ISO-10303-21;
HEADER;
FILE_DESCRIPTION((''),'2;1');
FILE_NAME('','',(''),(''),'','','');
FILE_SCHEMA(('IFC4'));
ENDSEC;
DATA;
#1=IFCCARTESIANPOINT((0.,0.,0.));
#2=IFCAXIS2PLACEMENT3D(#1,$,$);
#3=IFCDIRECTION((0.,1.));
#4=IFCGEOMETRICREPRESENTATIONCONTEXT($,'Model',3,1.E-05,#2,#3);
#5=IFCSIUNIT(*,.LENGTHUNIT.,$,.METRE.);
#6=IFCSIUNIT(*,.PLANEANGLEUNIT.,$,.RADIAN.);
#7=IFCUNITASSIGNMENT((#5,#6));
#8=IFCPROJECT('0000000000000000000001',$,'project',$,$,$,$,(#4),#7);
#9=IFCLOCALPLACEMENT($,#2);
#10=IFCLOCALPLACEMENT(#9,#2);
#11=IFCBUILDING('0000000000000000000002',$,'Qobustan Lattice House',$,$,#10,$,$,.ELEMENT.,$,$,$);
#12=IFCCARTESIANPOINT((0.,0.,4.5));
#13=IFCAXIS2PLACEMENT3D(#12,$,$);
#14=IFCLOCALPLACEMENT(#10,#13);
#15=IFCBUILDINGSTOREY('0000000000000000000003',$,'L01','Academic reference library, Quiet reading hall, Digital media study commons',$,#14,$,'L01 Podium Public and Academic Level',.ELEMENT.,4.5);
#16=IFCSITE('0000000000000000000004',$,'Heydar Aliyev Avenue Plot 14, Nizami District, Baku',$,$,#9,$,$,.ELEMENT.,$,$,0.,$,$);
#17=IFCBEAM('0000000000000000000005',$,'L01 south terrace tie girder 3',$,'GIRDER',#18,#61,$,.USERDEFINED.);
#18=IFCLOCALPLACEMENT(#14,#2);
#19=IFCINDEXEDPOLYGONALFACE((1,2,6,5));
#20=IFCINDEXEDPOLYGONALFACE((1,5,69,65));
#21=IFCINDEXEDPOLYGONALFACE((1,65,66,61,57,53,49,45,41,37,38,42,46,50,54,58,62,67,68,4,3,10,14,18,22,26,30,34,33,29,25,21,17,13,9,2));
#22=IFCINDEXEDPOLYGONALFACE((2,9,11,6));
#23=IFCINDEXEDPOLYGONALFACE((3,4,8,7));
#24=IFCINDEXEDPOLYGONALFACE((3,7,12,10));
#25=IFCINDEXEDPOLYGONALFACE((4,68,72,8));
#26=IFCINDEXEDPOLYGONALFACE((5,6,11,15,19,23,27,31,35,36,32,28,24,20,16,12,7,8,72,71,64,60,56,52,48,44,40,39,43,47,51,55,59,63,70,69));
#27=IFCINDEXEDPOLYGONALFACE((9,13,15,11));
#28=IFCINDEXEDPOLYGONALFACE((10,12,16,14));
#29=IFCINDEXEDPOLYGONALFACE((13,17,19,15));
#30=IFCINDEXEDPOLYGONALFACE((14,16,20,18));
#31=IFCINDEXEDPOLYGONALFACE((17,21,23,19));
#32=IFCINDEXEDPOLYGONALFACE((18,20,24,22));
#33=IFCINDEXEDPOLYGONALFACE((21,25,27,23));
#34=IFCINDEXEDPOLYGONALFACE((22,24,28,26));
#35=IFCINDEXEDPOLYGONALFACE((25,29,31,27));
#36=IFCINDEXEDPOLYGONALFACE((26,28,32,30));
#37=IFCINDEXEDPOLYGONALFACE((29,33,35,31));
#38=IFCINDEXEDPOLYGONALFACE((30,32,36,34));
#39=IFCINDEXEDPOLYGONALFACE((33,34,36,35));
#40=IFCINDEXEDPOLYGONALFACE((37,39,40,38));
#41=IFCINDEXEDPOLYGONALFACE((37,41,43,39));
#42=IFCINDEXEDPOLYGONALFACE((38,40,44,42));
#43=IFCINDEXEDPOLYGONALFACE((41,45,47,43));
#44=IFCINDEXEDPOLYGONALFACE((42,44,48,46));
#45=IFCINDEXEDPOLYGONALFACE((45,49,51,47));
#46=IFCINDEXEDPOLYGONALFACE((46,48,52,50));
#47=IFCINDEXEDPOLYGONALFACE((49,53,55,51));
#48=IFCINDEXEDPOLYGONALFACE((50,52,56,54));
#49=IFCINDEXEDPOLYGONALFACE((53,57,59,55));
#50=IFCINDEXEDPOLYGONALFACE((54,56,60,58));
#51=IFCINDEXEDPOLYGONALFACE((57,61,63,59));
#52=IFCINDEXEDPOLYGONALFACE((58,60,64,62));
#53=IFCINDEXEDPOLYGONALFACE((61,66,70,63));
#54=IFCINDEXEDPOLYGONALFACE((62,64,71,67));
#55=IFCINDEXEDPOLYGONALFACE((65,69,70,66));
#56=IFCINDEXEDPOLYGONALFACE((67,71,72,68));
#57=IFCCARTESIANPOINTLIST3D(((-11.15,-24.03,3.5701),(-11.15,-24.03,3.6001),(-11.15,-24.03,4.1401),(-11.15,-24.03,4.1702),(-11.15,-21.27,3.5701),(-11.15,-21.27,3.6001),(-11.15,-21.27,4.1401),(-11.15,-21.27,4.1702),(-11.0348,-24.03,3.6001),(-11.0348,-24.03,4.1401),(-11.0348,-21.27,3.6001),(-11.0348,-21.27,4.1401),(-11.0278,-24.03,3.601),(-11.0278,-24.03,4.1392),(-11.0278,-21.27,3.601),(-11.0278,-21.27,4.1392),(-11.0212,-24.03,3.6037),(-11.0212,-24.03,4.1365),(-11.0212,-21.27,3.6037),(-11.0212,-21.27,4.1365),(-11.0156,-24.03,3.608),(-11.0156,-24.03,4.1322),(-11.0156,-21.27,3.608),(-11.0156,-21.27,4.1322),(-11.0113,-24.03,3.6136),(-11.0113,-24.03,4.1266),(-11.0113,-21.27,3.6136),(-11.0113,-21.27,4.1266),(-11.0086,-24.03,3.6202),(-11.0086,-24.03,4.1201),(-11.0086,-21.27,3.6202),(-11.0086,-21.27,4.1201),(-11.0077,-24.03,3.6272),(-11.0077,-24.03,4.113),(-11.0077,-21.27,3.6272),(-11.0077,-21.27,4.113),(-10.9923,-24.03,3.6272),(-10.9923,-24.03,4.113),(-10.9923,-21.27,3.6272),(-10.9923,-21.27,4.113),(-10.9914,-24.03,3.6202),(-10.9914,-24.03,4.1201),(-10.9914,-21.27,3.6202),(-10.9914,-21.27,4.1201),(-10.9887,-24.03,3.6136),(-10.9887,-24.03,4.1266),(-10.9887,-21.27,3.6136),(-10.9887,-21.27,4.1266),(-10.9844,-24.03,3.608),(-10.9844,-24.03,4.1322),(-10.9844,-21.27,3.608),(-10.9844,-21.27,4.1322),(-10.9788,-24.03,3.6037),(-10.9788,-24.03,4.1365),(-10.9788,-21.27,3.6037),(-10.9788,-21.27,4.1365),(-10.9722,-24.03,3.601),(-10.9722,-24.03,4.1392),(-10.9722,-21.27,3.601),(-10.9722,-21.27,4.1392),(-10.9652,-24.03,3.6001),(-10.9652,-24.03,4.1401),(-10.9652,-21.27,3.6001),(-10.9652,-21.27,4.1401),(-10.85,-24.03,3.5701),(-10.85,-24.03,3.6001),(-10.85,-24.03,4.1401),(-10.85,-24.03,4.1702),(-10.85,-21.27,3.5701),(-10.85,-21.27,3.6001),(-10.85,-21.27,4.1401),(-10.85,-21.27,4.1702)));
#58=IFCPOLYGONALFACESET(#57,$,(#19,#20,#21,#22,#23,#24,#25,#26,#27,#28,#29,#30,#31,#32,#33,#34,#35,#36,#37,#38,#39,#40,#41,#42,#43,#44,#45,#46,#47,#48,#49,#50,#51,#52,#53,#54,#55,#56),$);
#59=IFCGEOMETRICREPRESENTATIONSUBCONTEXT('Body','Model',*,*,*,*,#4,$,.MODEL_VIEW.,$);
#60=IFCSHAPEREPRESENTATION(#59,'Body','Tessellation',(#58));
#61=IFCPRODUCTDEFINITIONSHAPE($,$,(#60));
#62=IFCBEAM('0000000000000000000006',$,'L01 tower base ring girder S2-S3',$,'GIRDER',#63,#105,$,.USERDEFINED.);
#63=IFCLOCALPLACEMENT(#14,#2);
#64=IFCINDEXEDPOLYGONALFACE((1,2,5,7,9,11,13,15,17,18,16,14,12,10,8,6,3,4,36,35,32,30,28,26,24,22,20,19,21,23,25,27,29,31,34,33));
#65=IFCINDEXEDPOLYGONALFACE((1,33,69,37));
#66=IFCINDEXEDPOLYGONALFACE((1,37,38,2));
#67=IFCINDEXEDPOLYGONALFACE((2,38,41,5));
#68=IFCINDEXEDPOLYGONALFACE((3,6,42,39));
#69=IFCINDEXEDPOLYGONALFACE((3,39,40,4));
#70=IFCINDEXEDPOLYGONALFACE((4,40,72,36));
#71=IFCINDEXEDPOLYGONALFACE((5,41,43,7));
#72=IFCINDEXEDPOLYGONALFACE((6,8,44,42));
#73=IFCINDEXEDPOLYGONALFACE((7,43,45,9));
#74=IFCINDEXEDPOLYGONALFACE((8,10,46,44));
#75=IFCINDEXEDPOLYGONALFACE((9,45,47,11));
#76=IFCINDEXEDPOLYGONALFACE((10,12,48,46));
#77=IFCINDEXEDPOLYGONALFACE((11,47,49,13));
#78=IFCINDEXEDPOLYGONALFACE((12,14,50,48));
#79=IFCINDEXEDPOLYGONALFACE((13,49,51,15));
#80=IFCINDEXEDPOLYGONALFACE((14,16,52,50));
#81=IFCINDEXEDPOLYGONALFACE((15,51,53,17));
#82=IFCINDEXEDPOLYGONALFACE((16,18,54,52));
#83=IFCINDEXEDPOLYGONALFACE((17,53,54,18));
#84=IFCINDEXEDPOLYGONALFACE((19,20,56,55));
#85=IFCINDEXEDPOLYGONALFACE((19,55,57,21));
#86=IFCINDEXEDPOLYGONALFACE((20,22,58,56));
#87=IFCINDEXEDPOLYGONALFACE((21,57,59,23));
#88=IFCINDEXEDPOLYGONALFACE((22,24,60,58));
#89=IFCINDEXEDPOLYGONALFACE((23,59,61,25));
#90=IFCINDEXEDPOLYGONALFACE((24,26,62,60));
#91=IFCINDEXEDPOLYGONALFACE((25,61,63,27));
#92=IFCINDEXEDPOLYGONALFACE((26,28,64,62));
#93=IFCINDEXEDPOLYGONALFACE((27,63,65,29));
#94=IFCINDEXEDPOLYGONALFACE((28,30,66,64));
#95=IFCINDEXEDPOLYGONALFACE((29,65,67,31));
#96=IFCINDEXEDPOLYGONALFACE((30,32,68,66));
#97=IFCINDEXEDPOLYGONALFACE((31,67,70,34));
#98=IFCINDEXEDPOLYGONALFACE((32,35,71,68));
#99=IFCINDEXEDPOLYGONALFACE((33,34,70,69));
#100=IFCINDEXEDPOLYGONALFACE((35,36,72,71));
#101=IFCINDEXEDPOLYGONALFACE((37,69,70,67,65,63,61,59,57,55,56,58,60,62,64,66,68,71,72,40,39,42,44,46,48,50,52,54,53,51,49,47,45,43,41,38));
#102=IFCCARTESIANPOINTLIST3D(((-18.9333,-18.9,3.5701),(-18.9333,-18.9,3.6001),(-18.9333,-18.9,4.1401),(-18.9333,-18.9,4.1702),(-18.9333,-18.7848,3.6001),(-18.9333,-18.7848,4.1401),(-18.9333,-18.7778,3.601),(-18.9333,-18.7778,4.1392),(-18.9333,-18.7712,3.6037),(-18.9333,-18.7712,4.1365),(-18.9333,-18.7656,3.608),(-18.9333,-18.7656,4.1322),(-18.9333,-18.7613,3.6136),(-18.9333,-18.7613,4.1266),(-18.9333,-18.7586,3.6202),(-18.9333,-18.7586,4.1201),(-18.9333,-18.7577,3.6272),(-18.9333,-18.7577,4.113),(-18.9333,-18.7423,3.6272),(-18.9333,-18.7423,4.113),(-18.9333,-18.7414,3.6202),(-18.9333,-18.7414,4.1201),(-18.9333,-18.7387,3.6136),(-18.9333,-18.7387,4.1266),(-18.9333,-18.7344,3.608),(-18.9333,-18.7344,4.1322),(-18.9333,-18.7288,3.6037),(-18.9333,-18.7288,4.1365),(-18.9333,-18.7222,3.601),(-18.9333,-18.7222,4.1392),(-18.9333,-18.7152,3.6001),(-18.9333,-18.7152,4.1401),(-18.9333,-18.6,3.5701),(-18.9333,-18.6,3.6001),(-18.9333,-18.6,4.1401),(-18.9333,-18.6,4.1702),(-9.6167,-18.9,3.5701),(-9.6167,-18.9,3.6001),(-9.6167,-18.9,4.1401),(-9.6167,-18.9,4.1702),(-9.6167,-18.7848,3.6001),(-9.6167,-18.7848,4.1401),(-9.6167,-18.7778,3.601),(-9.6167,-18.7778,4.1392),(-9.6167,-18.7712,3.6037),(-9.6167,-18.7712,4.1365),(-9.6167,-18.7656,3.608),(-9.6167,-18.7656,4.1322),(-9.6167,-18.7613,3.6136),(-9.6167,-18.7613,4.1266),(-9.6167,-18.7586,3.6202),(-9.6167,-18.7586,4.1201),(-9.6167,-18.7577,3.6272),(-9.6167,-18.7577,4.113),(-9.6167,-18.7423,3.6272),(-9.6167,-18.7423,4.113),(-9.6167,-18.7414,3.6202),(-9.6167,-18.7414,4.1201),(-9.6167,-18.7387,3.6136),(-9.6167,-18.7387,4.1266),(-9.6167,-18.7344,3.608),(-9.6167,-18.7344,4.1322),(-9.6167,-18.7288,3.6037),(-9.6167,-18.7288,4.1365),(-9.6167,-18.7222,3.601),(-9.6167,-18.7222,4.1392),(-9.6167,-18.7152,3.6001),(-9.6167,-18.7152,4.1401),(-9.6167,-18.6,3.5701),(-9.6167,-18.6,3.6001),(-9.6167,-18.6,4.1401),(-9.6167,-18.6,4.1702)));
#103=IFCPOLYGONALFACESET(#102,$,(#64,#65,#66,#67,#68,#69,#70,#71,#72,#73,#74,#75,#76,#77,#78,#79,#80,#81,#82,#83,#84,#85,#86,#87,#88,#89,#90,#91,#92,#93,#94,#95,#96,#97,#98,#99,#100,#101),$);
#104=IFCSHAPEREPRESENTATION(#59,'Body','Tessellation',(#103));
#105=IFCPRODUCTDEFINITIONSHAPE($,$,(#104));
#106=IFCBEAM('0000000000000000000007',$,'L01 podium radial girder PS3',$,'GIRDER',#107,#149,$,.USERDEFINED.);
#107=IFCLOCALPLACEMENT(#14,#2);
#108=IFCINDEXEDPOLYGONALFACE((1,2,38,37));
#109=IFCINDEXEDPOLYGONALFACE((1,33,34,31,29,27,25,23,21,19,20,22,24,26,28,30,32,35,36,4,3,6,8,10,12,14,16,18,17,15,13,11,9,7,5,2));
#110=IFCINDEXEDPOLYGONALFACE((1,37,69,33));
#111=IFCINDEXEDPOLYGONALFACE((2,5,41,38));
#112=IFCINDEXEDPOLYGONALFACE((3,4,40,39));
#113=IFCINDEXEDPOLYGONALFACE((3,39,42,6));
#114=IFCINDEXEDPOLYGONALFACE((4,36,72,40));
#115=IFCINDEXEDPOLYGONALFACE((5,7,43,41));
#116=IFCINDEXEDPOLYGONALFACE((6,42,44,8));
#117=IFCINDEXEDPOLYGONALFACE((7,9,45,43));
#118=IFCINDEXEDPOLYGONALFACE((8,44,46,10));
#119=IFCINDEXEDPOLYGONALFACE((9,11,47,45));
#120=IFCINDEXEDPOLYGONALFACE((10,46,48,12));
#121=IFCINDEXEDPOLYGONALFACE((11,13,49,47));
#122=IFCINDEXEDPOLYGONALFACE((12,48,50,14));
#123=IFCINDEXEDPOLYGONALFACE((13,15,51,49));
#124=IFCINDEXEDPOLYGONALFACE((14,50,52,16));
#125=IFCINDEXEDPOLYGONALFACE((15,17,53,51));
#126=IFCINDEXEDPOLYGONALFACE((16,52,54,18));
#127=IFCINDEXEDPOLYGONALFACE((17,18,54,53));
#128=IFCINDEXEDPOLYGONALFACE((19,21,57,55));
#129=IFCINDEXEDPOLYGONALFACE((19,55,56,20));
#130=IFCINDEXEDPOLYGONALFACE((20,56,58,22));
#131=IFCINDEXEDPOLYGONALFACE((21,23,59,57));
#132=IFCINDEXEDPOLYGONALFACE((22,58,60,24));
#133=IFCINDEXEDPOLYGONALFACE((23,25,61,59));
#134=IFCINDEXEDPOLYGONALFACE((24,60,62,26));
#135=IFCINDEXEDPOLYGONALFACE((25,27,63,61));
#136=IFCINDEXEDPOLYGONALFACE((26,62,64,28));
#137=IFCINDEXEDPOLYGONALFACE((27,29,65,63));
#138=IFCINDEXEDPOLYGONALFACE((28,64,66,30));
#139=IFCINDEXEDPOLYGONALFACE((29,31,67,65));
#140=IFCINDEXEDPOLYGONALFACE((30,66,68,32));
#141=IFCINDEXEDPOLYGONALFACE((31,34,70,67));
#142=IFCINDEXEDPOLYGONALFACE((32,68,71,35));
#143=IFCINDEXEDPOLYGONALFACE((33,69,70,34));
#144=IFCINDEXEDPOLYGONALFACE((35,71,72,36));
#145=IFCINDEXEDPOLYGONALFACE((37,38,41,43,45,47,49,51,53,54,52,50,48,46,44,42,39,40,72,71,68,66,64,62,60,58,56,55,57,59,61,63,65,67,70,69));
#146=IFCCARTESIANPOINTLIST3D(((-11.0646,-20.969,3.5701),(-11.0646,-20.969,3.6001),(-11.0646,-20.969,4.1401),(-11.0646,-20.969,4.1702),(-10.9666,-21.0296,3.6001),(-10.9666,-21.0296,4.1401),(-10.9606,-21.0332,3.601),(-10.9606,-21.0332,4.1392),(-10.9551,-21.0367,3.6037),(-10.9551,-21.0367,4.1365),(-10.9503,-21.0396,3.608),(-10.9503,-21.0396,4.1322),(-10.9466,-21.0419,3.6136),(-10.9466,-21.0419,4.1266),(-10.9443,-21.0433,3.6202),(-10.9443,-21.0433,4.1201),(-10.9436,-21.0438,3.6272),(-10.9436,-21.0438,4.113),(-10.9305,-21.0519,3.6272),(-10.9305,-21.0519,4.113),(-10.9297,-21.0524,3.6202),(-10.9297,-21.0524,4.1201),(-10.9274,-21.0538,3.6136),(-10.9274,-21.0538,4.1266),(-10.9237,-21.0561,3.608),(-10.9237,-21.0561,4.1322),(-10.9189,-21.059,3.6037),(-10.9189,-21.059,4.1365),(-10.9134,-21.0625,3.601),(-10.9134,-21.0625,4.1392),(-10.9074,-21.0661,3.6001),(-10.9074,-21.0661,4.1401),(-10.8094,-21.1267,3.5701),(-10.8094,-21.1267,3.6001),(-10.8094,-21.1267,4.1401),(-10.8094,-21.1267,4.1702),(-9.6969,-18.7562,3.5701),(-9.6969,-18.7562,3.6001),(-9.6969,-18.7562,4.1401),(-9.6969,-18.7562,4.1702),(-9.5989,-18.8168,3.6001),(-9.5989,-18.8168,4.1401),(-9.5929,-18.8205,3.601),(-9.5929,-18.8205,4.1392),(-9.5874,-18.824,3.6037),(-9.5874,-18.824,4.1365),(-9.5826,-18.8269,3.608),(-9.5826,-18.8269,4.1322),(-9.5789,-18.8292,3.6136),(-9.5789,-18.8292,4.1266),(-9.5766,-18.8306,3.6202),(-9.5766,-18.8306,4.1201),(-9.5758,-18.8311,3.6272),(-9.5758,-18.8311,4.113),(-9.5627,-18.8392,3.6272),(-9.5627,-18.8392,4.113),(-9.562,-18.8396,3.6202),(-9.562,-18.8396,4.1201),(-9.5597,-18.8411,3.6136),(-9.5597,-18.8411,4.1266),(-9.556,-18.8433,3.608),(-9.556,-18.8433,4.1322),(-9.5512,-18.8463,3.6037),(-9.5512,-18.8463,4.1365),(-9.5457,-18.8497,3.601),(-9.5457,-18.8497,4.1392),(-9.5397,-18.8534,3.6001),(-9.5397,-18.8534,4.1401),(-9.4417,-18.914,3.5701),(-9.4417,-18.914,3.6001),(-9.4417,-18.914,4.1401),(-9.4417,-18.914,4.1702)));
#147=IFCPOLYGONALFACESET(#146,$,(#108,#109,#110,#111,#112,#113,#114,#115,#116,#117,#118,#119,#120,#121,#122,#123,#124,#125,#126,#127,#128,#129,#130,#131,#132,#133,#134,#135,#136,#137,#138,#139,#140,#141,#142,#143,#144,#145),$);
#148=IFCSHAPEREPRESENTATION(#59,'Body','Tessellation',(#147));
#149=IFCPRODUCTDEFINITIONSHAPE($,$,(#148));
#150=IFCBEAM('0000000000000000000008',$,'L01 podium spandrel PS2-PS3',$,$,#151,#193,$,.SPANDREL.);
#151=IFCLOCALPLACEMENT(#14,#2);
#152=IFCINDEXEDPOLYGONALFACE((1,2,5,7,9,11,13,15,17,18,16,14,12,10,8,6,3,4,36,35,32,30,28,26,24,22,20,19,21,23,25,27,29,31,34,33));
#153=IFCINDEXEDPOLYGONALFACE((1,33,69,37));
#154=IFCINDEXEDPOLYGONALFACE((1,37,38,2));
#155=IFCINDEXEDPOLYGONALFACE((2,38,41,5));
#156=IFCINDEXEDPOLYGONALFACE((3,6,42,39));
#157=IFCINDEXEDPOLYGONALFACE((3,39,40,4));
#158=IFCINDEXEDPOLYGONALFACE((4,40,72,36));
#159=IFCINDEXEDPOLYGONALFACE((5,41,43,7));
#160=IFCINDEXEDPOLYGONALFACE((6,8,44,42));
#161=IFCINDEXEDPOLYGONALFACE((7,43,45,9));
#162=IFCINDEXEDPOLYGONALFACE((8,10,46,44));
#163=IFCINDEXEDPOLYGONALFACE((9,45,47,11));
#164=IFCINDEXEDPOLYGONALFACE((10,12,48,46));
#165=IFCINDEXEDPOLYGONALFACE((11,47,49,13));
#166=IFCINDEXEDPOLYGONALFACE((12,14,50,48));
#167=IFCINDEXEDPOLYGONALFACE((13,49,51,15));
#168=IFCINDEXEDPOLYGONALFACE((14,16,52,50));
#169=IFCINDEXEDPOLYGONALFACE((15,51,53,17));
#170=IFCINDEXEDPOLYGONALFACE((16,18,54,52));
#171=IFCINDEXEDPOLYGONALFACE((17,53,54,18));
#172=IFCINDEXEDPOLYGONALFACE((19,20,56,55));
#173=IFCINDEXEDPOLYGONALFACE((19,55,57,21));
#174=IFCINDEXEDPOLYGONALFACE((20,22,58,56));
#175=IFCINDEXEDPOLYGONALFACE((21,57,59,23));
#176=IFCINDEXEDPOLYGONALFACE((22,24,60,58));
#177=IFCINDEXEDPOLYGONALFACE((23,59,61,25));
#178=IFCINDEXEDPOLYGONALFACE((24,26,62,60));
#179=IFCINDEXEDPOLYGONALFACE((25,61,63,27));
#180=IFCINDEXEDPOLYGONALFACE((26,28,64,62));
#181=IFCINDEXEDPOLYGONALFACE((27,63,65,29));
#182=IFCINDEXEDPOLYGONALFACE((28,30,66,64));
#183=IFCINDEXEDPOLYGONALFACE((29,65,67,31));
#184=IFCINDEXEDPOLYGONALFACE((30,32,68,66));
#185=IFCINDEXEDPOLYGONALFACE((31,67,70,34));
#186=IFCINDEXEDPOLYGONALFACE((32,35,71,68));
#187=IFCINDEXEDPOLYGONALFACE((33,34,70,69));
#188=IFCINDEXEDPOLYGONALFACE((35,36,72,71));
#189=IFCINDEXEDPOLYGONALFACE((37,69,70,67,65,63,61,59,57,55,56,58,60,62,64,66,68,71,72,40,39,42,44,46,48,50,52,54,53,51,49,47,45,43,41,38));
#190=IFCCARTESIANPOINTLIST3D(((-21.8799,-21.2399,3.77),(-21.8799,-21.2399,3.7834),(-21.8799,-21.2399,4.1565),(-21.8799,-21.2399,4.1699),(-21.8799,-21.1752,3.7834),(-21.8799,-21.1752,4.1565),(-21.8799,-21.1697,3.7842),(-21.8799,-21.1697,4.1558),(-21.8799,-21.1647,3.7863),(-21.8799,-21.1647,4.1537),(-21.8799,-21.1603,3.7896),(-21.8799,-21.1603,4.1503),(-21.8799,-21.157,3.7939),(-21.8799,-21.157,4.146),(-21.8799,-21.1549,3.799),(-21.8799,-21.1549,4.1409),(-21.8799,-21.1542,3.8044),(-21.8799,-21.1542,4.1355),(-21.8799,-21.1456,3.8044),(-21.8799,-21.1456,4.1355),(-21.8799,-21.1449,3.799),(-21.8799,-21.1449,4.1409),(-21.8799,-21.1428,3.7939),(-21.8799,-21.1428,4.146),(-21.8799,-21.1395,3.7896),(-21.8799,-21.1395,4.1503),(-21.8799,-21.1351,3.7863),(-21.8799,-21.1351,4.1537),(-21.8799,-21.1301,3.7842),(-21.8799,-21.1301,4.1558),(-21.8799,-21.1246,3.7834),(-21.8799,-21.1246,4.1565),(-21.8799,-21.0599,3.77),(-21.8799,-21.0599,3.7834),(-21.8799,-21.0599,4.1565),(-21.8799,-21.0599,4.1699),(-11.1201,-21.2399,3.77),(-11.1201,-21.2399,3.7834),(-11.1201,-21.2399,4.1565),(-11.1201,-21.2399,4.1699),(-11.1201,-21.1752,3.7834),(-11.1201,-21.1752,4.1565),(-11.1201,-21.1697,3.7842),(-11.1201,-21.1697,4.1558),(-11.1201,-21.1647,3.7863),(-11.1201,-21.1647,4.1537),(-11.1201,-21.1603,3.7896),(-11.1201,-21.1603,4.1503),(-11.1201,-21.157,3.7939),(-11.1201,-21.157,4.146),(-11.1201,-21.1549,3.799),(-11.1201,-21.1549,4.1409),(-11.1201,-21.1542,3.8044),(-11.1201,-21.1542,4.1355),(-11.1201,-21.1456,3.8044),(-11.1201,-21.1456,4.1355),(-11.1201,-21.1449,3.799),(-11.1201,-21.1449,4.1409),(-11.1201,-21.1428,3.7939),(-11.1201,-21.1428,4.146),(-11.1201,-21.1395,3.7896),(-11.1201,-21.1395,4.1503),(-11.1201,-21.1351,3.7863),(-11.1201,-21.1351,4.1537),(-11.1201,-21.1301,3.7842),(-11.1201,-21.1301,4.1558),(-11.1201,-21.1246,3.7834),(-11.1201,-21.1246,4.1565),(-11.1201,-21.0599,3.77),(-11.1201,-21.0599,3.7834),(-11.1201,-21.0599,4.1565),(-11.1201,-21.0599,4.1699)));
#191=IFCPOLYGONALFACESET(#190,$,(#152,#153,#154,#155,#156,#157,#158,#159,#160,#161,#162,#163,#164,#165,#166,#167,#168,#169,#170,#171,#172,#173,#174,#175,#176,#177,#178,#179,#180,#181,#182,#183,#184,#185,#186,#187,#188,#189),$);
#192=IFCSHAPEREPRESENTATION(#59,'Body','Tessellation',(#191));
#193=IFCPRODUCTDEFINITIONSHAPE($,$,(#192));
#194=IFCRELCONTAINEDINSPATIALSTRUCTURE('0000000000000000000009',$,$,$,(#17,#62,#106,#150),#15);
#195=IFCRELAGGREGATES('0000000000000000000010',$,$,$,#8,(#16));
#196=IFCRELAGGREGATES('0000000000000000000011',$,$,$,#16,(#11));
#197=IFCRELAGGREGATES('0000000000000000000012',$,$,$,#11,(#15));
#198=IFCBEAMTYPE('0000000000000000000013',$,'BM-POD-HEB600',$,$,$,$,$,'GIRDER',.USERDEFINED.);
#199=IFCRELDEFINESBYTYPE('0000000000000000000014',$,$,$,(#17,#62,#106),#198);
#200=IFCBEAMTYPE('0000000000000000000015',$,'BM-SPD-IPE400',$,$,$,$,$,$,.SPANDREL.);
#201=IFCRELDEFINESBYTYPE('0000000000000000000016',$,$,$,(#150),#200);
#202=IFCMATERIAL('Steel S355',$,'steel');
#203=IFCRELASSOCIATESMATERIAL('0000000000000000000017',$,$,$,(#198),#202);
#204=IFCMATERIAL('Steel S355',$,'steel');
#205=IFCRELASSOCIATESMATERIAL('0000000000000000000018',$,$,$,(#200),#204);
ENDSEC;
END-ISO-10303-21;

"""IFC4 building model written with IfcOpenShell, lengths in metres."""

from ifc_helpers import new_model, si_unit, direction, frame, origin, origin_2d, place, context, subcontext, project, spatial, i_section, extrude, material, material_profile, profile_set, type_object, element, save


model = new_model("IFC4")

# Units and contexts
model_context = context("Model", 3, precision=1e-05, world=origin(), true_north=direction((0.0, 1.0)))
body_context = subcontext(model_context, "Body", "Model", "MODEL_VIEW")
ifc_project = project(units=[si_unit("LENGTHUNIT", "METRE"), si_unit("PLANEANGLEUNIT", "RADIAN")], contexts=[model_context])

# Site, building, storey
site_placement = place(None, origin())
site = spatial("IfcSite", under=ifc_project, at=site_placement, Name="Heydar Aliyev Avenue Plot 14, Nizami District, Baku", CompositionType="ELEMENT", RefElevation=0.0)
building_placement = place(site_placement, origin())
building = spatial("IfcBuilding", under=site, at=building_placement, Name="Qobustan Lattice House", CompositionType="ELEMENT")
storey_placement = place(building_placement, frame((0.0, 0.0, 4.5)))
storey = spatial("IfcBuildingStorey", under=building, at=storey_placement, Name="L01", Description="Academic reference library, Quiet reading hall, Digital media study commons", LongName="L01 Podium Public and Academic Level", CompositionType="ELEMENT", Elevation=4.5)

# Beams
ifc_material_1 = material(Name="Steel S355", Category="steel")
ifc_material_profile_1 = material_profile(ifc_material_1, i_section(OverallWidth=0.3, OverallDepth=0.6001, WebThickness=0.0154, FlangeThickness=0.03, FilletRadius=0.0271, at=origin_2d()), Name="HEB600")
ifc_profile_set_1 = profile_set([ifc_material_profile_1], Name="Steel S355")
beam_type_1 = type_object("IfcBeamType", Name="BM-POD-HEB600", ElementType="GIRDER", PredefinedType="USERDEFINED", material=ifc_profile_set_1)
beam_1_placement = place(storey_placement, frame((-11.0, -24.03, 3.8701), z_axis=(0.0, 1.0, 0.0), x_axis=(-1.0, 0.0, 0.0)))
element("IfcBeam", 1, at=beam_1_placement, inside=storey, type_object=beam_type_1, Name="L01 south terrace tie girder 3", ObjectType="GIRDER", PredefinedType="USERDEFINED", context=body_context, shape_type="SweptSolid", body=[
    extrude(i_section(OverallWidth=0.3, OverallDepth=0.6001, WebThickness=0.0154, FlangeThickness=0.03, FilletRadius=0.0271, at=origin_2d()), origin(), (0.0, 0.0, 1.0), 2.76),
])
beam_2_placement = place(storey_placement, frame((-18.9333, -18.75, 3.8701), z_axis=(1.0, 0.0, 0.0), x_axis=(0.0, 1.0, 0.0)))
element("IfcBeam", 2, at=beam_2_placement, inside=storey, type_object=beam_type_1, Name="L01 tower base ring girder S2-S3", ObjectType="GIRDER", PredefinedType="USERDEFINED", context=body_context, shape_type="SweptSolid", body=[
    extrude(i_section(OverallWidth=0.3, OverallDepth=0.6001, WebThickness=0.0154, FlangeThickness=0.03, FilletRadius=0.0271, at=origin_2d()), origin(), (0.0, 0.0, 1.0), 9.3167),
])
beam_3_placement = place(storey_placement, frame((-10.937, -21.0479, 3.8701), z_axis=(0.525783, 0.850619, 0.0), x_axis=(-0.850619, 0.525783, 0.0)))
element("IfcBeam", 3, at=beam_3_placement, inside=storey, type_object=beam_type_1, Name="L01 podium radial girder PS3", ObjectType="GIRDER", PredefinedType="USERDEFINED", context=body_context, shape_type="SweptSolid", body=[
    extrude(i_section(OverallWidth=0.3, OverallDepth=0.6001, WebThickness=0.0154, FlangeThickness=0.03, FilletRadius=0.0271, at=origin_2d()), origin(), (0.0, 0.0, 1.0), 2.6013),
])
ifc_material_2 = material(Name="Steel S355", Category="steel")
ifc_material_profile_2 = material_profile(ifc_material_2, i_section(OverallWidth=0.1799, OverallDepth=0.3999, WebThickness=0.0085, FlangeThickness=0.0134, FilletRadius=0.021, at=origin_2d()), Name="IPE400")
ifc_profile_set_2 = profile_set([ifc_material_profile_2], Name="Steel S355")
beam_type_2 = type_object("IfcBeamType", Name="BM-SPD-IPE400", PredefinedType="SPANDREL", material=ifc_profile_set_2)
for number, where, z_axis, x_axis, name in (
    (4, (-21.8799, -21.1499, 3.97), (1.0, 0.0, 0.0), (0.0, 1.0, 0.0), "L01 podium spandrel PS2-PS3"),
):
    element("IfcBeam", number, at=place(storey_placement, frame(where, z_axis=z_axis, x_axis=x_axis)), inside=storey, type_object=beam_type_2, Name=name, PredefinedType="SPANDREL", context=body_context, shape_type="SweptSolid", body=[
        extrude(i_section(OverallWidth=0.1799, OverallDepth=0.3999, WebThickness=0.0085, FlangeThickness=0.0134, FilletRadius=0.021, at=origin_2d()), origin(), (0.0, 0.0, 1.0), 10.7598),
    ])

save(model, "model.ifc")
